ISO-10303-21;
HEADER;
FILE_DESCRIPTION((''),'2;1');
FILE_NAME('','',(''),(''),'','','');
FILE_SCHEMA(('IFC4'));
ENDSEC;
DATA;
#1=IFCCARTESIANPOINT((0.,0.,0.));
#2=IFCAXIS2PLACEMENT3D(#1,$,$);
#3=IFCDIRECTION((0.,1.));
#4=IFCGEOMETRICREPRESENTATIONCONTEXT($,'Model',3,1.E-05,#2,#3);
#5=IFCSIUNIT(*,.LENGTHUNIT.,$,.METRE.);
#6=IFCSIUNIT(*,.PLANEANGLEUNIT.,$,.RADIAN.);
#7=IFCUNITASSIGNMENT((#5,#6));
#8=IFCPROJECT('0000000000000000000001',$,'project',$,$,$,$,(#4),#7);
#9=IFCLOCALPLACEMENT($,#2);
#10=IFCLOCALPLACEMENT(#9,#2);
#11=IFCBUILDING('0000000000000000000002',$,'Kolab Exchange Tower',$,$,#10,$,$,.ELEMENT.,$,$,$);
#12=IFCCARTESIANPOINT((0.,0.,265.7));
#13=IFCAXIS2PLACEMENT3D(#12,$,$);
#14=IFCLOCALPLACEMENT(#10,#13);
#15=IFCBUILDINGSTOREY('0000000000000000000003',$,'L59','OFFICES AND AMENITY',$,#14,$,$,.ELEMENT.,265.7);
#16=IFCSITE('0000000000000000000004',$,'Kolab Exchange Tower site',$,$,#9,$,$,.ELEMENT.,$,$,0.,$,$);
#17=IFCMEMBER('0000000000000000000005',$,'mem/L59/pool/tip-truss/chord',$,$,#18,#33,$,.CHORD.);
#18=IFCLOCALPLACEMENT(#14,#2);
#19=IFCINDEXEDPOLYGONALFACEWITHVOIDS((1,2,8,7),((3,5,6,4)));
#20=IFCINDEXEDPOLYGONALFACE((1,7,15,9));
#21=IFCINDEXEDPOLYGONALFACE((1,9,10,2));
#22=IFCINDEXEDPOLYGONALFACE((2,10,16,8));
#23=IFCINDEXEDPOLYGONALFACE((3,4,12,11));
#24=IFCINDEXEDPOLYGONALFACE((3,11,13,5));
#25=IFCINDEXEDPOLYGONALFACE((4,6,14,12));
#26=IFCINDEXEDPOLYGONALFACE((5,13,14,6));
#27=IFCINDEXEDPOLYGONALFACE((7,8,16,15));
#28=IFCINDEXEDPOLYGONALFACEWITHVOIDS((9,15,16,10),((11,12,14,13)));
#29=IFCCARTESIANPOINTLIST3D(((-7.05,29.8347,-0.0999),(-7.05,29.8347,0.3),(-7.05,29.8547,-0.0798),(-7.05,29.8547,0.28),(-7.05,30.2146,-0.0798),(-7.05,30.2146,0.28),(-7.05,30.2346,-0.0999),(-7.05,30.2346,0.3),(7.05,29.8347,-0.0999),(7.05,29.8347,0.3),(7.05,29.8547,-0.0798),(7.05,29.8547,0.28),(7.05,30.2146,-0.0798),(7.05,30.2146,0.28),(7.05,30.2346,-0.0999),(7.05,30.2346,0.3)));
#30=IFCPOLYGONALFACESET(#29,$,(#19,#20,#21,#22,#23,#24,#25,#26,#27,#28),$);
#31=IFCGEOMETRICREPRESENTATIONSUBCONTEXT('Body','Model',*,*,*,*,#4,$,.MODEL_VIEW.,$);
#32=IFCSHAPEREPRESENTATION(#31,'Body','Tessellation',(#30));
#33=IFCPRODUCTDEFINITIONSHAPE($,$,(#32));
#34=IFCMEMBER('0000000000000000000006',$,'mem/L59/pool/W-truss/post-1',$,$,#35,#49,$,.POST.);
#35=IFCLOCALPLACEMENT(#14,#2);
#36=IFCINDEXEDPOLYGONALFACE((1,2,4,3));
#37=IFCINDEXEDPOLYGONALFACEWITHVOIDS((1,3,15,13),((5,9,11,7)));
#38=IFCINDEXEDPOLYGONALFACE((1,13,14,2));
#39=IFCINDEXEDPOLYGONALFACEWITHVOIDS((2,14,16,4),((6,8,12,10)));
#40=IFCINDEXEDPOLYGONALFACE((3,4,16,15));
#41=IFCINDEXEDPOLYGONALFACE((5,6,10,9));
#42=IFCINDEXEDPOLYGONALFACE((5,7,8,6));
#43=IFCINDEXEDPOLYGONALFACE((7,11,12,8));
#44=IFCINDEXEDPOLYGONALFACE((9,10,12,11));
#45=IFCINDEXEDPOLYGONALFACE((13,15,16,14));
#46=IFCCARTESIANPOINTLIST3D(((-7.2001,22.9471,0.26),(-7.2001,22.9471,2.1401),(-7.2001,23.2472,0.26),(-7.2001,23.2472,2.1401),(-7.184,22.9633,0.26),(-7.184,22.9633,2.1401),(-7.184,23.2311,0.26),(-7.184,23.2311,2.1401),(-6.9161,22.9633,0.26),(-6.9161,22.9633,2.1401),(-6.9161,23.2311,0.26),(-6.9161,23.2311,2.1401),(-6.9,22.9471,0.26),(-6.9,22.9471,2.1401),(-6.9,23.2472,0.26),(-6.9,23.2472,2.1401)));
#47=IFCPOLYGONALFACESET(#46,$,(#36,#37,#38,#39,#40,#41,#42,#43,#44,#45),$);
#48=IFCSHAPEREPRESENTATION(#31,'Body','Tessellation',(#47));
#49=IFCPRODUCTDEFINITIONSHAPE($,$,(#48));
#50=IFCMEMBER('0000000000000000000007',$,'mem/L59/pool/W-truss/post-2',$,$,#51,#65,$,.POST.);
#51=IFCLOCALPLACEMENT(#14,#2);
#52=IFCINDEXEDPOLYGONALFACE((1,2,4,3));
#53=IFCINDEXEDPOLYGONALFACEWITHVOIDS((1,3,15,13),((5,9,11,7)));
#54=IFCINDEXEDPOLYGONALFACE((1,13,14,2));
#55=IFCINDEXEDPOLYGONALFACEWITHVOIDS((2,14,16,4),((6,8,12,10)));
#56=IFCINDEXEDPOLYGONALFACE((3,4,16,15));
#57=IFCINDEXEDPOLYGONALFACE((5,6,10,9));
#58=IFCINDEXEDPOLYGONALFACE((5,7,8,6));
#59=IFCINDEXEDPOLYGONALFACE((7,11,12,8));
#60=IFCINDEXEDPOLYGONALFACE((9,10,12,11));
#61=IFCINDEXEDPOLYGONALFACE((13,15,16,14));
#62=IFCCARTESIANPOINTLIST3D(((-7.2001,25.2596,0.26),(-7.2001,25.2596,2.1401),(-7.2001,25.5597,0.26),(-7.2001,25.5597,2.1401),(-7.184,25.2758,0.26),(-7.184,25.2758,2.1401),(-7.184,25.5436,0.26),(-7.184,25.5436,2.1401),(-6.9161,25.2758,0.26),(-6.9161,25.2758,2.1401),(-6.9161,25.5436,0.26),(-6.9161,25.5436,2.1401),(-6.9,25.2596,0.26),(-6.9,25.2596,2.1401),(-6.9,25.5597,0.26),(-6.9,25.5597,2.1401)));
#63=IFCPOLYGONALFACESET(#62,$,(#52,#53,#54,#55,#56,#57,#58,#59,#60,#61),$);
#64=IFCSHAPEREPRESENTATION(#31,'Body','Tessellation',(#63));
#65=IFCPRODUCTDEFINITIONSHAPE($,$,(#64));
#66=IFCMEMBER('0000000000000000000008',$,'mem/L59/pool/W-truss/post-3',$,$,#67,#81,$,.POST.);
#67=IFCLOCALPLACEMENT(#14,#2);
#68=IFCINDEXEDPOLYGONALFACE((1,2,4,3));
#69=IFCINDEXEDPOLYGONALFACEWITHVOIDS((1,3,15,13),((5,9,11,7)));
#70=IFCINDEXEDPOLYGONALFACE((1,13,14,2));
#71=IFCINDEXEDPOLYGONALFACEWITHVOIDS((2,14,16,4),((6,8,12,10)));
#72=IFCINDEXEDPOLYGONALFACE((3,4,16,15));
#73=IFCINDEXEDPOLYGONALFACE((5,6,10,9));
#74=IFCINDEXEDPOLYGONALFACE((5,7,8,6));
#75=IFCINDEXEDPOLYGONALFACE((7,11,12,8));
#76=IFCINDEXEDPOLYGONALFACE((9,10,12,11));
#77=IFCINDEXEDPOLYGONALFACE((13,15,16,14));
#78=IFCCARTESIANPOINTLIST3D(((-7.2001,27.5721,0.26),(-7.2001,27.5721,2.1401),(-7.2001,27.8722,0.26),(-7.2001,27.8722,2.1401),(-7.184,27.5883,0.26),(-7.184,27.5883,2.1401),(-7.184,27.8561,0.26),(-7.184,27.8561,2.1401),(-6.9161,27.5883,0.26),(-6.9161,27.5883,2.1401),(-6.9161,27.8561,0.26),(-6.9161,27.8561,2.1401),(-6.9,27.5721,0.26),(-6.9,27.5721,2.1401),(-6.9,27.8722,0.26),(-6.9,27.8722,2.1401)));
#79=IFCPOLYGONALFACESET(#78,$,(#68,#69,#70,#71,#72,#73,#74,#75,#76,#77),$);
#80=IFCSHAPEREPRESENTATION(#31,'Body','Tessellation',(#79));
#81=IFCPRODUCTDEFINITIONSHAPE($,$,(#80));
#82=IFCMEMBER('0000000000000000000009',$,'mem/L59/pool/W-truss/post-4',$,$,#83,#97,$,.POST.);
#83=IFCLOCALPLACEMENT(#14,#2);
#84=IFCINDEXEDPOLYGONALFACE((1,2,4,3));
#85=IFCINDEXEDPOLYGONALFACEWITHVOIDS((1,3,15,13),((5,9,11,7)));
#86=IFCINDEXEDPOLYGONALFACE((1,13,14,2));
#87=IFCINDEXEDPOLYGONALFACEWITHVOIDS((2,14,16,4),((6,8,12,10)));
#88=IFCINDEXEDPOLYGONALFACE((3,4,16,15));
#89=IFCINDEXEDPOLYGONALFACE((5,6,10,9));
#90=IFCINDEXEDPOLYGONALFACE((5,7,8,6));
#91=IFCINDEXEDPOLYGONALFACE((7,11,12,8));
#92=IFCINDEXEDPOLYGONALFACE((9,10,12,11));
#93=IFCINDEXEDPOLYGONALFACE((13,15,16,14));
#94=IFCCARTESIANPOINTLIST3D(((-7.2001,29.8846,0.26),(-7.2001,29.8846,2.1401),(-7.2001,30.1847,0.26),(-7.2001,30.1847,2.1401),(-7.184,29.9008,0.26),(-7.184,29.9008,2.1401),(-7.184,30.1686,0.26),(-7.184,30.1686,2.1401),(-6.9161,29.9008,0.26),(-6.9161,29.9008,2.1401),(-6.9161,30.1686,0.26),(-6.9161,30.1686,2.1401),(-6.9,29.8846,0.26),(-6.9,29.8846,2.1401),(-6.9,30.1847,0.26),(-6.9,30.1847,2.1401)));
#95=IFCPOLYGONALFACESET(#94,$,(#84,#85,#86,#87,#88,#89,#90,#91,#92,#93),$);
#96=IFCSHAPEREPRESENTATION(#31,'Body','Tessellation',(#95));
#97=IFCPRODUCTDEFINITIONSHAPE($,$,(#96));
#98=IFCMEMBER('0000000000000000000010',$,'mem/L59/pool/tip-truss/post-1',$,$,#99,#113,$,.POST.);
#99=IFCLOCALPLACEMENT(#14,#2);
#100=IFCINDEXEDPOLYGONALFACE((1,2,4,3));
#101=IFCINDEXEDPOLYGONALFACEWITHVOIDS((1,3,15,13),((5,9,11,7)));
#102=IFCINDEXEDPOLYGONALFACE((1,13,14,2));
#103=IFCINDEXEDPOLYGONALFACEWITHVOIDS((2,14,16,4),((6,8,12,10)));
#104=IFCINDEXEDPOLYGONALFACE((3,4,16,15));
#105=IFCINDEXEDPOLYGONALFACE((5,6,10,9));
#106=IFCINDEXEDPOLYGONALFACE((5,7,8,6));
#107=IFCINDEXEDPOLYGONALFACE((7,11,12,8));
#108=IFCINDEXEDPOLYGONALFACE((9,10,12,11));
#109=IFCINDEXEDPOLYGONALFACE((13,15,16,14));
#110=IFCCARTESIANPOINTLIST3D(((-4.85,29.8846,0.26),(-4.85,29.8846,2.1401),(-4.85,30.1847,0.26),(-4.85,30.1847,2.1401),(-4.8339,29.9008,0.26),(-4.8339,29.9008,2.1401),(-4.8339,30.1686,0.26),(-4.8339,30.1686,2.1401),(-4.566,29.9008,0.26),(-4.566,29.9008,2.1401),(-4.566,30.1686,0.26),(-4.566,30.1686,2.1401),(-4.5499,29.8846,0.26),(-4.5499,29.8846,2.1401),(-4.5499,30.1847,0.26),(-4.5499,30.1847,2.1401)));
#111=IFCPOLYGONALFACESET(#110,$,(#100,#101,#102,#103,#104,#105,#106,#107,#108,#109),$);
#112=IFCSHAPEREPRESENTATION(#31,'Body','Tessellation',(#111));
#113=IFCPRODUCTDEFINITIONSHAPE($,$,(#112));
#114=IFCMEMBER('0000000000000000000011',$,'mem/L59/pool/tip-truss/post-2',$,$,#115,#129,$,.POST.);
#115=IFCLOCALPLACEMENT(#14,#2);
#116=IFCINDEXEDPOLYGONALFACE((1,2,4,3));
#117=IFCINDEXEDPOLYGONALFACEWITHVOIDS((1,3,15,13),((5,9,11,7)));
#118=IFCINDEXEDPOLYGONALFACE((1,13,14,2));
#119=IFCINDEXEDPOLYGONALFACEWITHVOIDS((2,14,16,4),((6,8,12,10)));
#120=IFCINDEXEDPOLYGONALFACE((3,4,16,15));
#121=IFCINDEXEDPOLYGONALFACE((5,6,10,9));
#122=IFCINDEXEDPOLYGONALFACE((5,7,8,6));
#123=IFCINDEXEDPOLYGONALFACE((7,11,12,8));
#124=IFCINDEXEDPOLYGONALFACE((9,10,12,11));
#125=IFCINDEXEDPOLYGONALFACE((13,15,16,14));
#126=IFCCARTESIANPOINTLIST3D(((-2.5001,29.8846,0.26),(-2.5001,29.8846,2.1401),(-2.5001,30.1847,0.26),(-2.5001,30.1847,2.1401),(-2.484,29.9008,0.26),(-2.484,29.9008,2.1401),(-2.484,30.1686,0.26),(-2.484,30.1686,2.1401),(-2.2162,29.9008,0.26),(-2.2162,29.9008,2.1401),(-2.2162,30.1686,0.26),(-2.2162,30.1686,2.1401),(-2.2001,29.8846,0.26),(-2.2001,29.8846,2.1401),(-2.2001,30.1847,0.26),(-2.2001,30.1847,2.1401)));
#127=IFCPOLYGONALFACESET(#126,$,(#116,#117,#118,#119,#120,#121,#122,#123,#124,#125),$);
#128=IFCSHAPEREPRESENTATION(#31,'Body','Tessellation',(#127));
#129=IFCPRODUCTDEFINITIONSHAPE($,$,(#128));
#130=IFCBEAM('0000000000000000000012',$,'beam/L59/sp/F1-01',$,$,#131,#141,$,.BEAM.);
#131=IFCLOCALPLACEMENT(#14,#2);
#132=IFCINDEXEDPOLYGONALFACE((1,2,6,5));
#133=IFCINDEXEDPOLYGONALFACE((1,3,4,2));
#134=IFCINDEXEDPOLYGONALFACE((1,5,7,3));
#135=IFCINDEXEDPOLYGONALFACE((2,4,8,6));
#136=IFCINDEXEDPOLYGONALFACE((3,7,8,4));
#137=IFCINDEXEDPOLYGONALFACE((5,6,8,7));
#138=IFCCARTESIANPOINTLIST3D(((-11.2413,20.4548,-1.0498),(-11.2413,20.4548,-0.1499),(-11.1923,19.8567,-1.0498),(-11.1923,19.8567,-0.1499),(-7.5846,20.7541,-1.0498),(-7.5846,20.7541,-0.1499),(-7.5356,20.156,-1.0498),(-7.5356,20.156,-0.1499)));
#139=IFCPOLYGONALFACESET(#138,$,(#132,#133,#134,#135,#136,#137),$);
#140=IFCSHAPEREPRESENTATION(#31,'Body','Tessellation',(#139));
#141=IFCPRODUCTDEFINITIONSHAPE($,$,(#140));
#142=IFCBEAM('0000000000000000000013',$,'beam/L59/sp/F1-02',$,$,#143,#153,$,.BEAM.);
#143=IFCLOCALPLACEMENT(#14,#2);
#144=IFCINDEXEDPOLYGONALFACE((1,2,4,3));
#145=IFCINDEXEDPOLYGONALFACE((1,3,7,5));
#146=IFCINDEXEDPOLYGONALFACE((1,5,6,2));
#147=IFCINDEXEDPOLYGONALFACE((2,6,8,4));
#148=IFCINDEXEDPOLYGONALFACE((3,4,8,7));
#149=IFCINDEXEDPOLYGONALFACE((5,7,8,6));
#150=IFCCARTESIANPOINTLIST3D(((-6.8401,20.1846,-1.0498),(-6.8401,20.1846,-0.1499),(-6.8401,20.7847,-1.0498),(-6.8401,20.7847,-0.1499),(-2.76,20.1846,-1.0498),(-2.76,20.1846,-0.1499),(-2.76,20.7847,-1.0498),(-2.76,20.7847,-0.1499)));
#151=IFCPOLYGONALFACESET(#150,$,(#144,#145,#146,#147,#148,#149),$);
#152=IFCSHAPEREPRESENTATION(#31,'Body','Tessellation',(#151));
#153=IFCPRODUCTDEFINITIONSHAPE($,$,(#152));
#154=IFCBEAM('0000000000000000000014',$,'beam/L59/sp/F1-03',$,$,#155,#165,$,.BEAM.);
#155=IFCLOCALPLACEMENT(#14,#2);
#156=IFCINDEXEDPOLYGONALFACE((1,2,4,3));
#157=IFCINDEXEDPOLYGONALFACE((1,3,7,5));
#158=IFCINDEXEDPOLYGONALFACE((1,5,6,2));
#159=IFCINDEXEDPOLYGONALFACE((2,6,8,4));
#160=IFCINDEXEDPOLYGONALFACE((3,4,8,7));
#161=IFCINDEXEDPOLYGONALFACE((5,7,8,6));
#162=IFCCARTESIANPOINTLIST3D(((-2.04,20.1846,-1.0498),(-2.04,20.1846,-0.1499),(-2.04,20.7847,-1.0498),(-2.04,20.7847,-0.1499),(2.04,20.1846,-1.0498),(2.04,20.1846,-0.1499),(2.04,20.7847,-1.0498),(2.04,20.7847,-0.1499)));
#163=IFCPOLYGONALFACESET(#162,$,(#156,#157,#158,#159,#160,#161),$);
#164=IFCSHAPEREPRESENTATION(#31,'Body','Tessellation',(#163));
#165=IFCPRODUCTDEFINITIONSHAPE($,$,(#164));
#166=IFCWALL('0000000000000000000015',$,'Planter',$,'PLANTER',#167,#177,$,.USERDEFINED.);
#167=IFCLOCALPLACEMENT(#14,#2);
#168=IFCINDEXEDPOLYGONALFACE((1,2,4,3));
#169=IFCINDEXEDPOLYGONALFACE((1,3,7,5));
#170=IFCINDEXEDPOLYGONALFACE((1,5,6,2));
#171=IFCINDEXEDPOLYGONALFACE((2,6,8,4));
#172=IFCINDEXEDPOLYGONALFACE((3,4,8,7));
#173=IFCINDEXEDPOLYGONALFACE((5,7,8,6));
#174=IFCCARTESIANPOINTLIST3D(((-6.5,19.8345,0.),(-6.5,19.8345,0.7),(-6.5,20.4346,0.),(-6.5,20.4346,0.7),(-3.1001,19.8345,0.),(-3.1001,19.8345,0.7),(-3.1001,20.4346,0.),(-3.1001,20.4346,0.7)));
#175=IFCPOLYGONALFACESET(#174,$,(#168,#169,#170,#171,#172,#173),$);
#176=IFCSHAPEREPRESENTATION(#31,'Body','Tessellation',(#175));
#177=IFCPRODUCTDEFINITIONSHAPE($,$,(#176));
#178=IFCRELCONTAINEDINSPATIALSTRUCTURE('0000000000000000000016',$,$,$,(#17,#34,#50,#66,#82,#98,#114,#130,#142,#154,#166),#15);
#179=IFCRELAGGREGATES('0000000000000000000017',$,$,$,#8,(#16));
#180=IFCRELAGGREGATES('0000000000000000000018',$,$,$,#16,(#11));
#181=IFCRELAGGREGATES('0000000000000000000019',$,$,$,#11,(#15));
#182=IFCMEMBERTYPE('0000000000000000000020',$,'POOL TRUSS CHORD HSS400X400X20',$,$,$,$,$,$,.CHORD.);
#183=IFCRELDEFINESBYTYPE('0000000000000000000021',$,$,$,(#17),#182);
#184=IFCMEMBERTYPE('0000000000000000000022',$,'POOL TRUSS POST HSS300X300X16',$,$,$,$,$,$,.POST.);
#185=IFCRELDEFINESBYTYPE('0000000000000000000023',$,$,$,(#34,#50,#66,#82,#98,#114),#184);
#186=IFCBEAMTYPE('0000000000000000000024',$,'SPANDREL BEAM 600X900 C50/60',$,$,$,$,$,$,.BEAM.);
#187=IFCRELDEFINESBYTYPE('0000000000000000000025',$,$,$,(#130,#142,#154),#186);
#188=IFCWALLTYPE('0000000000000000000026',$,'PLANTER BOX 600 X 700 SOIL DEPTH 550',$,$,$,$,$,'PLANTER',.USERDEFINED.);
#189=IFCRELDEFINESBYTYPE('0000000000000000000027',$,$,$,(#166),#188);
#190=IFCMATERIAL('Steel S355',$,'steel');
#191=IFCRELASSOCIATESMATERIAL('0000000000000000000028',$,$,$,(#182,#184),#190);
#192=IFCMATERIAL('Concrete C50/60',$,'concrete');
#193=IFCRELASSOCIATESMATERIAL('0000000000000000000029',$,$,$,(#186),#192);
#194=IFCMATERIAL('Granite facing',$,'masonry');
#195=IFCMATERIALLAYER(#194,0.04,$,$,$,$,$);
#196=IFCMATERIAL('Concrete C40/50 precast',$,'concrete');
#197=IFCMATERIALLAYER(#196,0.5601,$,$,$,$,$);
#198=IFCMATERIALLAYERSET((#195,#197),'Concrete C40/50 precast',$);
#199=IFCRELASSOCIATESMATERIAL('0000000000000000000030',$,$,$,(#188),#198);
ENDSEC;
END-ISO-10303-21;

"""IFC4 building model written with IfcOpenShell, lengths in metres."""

from ifc_helpers import new_model, si_unit, direction, frame, frame_2d, origin, origin_2d, place, context, subcontext, project, spatial, rectangle, hollow_rectangle, extrude, material, layer, layer_set, material_profile, profile_set, type_object, element, save


model = new_model("IFC4")

# Units and contexts
model_context = context("Model", 3, precision=1e-05, world=origin(), true_north=direction((0.0, 1.0)))
body_context = subcontext(model_context, "Body", "Model", "MODEL_VIEW")
ifc_project = project(units=[si_unit("LENGTHUNIT", "METRE"), si_unit("PLANEANGLEUNIT", "RADIAN")], contexts=[model_context])

# Site, building, storey
site_placement = place(None, origin())
site = spatial("IfcSite", under=ifc_project, at=site_placement, Name="Kolab Exchange Tower site", CompositionType="ELEMENT", RefElevation=0.0)
building_placement = place(site_placement, origin())
building = spatial("IfcBuilding", under=site, at=building_placement, Name="Kolab Exchange Tower", CompositionType="ELEMENT")
storey_placement = place(building_placement, frame((0.0, 0.0, 265.7)))
storey = spatial("IfcBuildingStorey", under=building, at=storey_placement, Name="L59", Description="OFFICES AND AMENITY", CompositionType="ELEMENT", Elevation=265.7)

# Shared definitions
ifc_material_1 = material(Name="Concrete C50/60", Category="concrete")

# Shared definitions
ifc_material_2 = material(Name="Steel S355", Category="steel")

# Members
ifc_material_profile_1 = material_profile(ifc_material_2, hollow_rectangle(XDim=0.3999, YDim=0.3999, WallThickness=0.02, at=origin_2d()), Name="HSS400X400X20")
ifc_profile_set_1 = profile_set([ifc_material_profile_1], Name="Steel S355")
member_type_1 = type_object("IfcMemberType", Name="POOL TRUSS CHORD HSS400X400X20", PredefinedType="CHORD", material=ifc_profile_set_1)
member_1_placement = place(storey_placement, frame((-7.05, 30.0347, 0.1001), z_axis=(1.0, 0.0, 0.0), x_axis=(0.0, 1.0, 0.0)))
element("IfcMember", 1, at=member_1_placement, inside=storey, type_object=member_type_1, Name="mem/L59/pool/tip-truss/chord", PredefinedType="CHORD", context=body_context, shape_type="SweptSolid", body=[
    extrude(hollow_rectangle(XDim=0.3999, YDim=0.3999, WallThickness=0.02, at=origin_2d()), origin(), (0.0, 0.0, 1.0), 14.1001),
])
ifc_material_profile_2 = material_profile(ifc_material_2, hollow_rectangle(XDim=0.3, YDim=0.3, WallThickness=0.0161, at=origin_2d()), Name="HSS300X300X16")
ifc_profile_set_2 = profile_set([ifc_material_profile_2], Name="Steel S355")
member_type_2 = type_object("IfcMemberType", Name="POOL TRUSS POST HSS300X300X16", PredefinedType="POST", material=ifc_profile_set_2)
for number, where, z_axis, x_axis, name in (
    (2, (-7.05, 23.0972, 0.26), (0.0, 0.0, 1.0), (1.0, 0.0, 0.0), "mem/L59/pool/W-truss/post-1"),
    (3, (-7.05, 25.4097, 0.26), (0.0, 0.0, 1.0), (1.0, 0.0, 0.0), "mem/L59/pool/W-truss/post-2"),
    (4, (-7.05, 27.7222, 0.26), (0.0, 0.0, 1.0), (1.0, 0.0, 0.0), "mem/L59/pool/W-truss/post-3"),
    (5, (-7.05, 30.0347, 0.26), (0.0, 0.0, 1.0), (1.0, 0.0, 0.0), "mem/L59/pool/W-truss/post-4"),
    (6, (-4.7, 30.0347, 0.26), (0.0, 0.0, 1.0), (1.0, 0.0, 0.0), "mem/L59/pool/tip-truss/post-1"),
    (7, (-2.3501, 30.0347, 0.26), (0.0, 0.0, 1.0), (1.0, 0.0, 0.0), "mem/L59/pool/tip-truss/post-2"),
):
    element("IfcMember", number, at=place(storey_placement, frame(where, z_axis=z_axis, x_axis=x_axis)), inside=storey, type_object=member_type_2, Name=name, PredefinedType="POST", context=body_context, shape_type="SweptSolid", body=[
        extrude(hollow_rectangle(XDim=0.3, YDim=0.3, WallThickness=0.0161, at=origin_2d()), origin(), (0.0, 0.0, 1.0), 1.8801),
    ])

# Beams
ifc_material_profile_3 = material_profile(ifc_material_1, rectangle(XDim=0.6001, YDim=0.8999, at=origin_2d()), Name="RC600X900")
ifc_profile_set_3 = profile_set([ifc_material_profile_3], Name="Concrete C50/60")
beam_type_1 = type_object("IfcBeamType", Name="SPANDREL BEAM 600X900 C50/60", PredefinedType="BEAM", material=ifc_profile_set_3)
beam_1_placement = place(storey_placement, frame((-11.2168, 20.1558, -0.5999), z_axis=(0.996667, 0.081581, 0.0), x_axis=(-0.081581, 0.996667, 0.0)))
element("IfcBeam", 8, at=beam_1_placement, inside=storey, type_object=beam_type_1, Name="beam/L59/sp/F1-01", PredefinedType="BEAM", context=body_context, shape_type="SweptSolid", body=[
    extrude(rectangle(XDim=0.6001, YDim=0.8999, at=origin_2d()), origin(), (0.0, 0.0, 1.0), 3.6689),
])
for number, where, z_axis, x_axis, name in (
    (9, (-6.8401, 20.4846, -0.5999), (1.0, 0.0, 0.0), (0.0, 1.0, 0.0), "beam/L59/sp/F1-02"),
    (10, (-2.04, 20.4846, -0.5999), (1.0, 0.0, 0.0), (0.0, 1.0, 0.0), "beam/L59/sp/F1-03"),
):
    element("IfcBeam", number, at=place(storey_placement, frame(where, z_axis=z_axis, x_axis=x_axis)), inside=storey, type_object=beam_type_1, Name=name, PredefinedType="BEAM", context=body_context, shape_type="SweptSolid", body=[
        extrude(rectangle(XDim=0.6001, YDim=0.8999, at=origin_2d()), origin(), (0.0, 0.0, 1.0), 4.0801),
    ])

# Wall
ifc_material_3 = material(Name="Granite facing", Category="masonry")
ifc_layer_1 = layer(ifc_material_3, 0.04)
ifc_material_4 = material(Name="Concrete C40/50 precast", Category="concrete")
ifc_layer_2 = layer(ifc_material_4, 0.5601)
ifc_layer_set_1 = layer_set([ifc_layer_1, ifc_layer_2], Name="Concrete C40/50 precast")
wall_type_1 = type_object("IfcWallType", Name="PLANTER BOX 600 X 700 SOIL DEPTH 550", ElementType="PLANTER", PredefinedType="USERDEFINED", material=ifc_layer_set_1)
wall_1_placement = place(storey_placement, frame((-6.5, 20.1345, 0.0), z_axis=(0.0, 0.0, 1.0), x_axis=(1.0, 0.0, 0.0)))
element("IfcWall", 11, at=wall_1_placement, inside=storey, type_object=wall_type_1, Name="Planter", ObjectType="PLANTER", PredefinedType="USERDEFINED", context=body_context, shape_type="SweptSolid", body=[
    extrude(rectangle(XDim=3.3999, YDim=0.6001, at=frame_2d((1.7, 0.0))), origin(), (0.0, 0.0, 1.0), 0.7),
])

save(model, "model.ifc")
